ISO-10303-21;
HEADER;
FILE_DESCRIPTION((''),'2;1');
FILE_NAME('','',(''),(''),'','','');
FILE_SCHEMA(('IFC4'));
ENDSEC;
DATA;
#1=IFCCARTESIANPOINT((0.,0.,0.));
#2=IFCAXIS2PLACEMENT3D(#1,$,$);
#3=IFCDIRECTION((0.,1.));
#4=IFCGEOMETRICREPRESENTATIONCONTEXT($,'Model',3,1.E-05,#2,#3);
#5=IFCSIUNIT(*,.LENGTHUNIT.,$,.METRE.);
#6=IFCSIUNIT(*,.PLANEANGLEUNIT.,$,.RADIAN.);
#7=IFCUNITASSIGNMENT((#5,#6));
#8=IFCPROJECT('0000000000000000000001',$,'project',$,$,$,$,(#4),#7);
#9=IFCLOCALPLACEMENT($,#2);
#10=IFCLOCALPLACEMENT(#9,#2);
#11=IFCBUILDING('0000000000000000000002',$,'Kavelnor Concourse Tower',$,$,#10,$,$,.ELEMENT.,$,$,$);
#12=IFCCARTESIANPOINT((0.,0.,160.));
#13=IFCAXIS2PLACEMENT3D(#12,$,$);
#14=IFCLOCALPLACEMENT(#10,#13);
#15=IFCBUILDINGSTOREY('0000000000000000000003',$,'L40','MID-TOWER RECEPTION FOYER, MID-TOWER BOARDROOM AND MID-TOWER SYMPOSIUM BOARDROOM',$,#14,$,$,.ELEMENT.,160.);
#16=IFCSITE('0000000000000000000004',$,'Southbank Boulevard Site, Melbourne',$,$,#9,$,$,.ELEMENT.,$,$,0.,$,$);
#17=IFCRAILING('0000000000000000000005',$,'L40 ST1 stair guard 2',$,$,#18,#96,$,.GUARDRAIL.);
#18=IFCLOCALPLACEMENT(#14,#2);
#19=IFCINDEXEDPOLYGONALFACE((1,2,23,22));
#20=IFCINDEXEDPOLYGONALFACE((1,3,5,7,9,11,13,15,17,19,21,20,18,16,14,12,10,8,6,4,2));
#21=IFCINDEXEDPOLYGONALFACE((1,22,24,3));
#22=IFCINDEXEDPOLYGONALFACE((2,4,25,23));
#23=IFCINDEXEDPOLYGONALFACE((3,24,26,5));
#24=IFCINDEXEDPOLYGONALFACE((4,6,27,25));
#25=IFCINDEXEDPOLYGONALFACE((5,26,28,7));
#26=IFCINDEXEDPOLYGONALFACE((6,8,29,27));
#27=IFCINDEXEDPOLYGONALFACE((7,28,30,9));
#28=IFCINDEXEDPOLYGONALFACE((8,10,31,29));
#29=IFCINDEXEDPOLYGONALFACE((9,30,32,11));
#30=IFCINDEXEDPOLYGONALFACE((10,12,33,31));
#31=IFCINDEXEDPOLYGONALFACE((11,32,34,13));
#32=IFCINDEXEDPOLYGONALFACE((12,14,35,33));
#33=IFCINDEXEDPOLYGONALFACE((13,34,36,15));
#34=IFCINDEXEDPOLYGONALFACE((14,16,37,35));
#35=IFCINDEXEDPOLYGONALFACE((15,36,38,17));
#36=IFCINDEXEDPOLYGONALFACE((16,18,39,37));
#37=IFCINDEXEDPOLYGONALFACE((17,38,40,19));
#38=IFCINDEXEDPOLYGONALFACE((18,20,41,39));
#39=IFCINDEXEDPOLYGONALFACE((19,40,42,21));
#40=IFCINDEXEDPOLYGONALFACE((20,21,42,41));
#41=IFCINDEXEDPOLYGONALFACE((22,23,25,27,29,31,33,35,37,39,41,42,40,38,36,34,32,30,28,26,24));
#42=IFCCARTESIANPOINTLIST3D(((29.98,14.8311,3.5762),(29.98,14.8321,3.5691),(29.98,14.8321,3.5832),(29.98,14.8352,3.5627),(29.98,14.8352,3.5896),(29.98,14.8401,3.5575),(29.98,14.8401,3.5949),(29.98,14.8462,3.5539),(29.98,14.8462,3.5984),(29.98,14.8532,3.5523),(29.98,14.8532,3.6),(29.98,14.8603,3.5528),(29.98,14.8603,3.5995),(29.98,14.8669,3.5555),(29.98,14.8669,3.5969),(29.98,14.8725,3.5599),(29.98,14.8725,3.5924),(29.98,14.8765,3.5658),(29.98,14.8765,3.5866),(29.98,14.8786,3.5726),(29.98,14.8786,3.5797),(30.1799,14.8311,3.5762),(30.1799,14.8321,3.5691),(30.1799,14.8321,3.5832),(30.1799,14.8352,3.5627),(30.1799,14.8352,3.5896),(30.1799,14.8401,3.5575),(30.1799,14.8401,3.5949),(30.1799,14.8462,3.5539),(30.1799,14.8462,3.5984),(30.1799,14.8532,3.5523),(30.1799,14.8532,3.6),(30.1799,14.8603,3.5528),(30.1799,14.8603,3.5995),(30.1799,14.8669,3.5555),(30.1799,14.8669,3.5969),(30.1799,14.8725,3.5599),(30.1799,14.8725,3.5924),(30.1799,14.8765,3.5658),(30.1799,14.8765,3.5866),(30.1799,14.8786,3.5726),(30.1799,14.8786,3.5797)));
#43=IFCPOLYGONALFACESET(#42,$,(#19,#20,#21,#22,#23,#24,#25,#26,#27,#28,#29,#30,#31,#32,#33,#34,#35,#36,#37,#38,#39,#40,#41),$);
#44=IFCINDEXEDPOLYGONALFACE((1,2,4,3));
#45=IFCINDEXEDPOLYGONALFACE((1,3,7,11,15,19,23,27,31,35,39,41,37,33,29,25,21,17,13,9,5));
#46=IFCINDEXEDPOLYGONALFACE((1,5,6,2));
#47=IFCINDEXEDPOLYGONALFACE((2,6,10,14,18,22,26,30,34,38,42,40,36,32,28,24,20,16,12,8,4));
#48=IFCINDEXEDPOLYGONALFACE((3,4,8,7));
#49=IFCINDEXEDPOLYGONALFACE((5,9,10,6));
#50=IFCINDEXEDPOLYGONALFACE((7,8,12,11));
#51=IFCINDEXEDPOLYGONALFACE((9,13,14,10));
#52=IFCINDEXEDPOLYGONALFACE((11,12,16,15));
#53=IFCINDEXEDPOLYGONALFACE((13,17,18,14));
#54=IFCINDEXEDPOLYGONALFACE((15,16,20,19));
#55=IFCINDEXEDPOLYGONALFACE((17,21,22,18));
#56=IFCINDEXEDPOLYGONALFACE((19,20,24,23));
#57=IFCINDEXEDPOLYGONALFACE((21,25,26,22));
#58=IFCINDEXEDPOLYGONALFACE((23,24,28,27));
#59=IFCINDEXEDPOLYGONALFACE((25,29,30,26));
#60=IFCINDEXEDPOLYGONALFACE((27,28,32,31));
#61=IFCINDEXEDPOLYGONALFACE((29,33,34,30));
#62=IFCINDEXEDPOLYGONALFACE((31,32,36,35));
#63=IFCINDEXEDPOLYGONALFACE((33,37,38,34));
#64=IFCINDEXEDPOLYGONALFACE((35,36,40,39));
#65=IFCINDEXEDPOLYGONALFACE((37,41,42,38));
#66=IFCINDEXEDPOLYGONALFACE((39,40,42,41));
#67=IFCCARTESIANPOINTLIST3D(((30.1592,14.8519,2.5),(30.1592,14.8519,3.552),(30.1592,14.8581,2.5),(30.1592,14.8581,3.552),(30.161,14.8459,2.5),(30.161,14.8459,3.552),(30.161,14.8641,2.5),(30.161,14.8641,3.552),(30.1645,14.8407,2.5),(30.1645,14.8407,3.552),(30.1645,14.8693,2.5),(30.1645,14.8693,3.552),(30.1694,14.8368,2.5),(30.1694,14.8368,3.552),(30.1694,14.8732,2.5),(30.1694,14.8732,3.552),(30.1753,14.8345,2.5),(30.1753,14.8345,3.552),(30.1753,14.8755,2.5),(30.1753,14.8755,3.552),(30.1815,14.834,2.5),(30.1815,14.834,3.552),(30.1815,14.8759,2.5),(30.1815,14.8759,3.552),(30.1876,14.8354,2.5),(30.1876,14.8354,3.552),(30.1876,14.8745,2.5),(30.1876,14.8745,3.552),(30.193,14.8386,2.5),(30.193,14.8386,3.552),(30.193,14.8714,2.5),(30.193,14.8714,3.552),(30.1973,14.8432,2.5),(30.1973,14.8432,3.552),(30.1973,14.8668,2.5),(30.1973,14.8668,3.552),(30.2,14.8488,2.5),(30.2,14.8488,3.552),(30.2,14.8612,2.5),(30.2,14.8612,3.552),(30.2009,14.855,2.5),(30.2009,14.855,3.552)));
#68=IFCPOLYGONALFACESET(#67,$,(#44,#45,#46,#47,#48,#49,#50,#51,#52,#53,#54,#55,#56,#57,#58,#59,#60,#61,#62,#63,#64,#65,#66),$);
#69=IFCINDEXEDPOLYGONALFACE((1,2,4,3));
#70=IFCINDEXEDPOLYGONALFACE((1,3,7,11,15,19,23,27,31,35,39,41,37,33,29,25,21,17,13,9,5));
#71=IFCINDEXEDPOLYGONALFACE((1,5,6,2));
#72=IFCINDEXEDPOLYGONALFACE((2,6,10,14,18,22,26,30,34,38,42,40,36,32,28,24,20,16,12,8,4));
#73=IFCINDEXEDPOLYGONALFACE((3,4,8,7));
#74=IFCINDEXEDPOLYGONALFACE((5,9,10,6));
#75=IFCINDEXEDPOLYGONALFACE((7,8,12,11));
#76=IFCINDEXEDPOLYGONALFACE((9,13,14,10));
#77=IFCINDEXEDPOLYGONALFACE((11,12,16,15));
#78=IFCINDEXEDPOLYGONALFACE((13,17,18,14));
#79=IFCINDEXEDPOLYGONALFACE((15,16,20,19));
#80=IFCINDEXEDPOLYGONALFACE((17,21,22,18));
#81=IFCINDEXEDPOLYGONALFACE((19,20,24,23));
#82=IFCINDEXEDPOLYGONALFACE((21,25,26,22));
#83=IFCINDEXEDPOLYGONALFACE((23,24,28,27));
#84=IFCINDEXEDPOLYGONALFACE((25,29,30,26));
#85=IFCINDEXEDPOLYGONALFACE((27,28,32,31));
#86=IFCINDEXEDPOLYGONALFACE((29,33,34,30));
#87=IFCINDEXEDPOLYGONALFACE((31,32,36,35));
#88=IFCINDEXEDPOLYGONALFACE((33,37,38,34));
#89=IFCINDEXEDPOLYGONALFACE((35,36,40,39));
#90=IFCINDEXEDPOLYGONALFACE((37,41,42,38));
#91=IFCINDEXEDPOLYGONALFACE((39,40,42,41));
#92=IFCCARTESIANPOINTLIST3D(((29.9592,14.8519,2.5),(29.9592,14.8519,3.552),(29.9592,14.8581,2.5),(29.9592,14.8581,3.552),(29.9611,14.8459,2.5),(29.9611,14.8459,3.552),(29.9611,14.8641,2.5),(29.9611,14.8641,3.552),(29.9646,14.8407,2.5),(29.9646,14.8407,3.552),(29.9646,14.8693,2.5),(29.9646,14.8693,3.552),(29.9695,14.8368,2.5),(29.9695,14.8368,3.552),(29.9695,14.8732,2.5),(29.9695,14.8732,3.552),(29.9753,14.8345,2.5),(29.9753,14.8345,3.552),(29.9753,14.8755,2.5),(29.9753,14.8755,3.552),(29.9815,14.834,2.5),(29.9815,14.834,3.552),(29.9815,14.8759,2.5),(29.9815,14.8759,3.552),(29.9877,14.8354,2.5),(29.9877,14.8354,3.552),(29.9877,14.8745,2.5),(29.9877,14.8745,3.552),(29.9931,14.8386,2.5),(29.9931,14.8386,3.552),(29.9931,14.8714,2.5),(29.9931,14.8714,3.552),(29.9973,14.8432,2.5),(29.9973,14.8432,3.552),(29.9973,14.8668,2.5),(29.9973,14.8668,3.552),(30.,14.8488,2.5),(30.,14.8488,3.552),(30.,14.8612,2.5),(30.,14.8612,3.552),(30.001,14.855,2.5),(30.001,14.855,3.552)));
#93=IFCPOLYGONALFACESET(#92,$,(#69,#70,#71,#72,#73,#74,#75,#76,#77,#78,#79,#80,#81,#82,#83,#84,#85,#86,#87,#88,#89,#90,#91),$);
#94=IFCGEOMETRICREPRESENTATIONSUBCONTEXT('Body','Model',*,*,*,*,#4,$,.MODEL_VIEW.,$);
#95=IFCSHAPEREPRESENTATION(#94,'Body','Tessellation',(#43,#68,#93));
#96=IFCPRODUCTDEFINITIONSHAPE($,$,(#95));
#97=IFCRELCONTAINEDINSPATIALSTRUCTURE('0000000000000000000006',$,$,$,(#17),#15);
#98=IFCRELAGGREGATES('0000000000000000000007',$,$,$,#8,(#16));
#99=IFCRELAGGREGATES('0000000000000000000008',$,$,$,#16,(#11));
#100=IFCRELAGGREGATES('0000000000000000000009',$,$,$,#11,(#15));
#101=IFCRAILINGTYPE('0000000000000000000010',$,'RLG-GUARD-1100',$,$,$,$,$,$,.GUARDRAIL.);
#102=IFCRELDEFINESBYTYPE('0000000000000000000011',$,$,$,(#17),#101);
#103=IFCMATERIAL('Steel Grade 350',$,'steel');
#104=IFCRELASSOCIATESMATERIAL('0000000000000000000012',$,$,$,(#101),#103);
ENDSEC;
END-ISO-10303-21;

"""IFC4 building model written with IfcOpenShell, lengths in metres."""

from ifc_helpers import new_model, si_unit, direction, frame, origin, origin_2d, place, context, subcontext, project, spatial, circle, extrude, material, type_object, element, save


model = new_model("IFC4")

# Units and contexts
model_context = context("Model", 3, precision=1e-05, world=origin(), true_north=direction((0.0, 1.0)))
body_context = subcontext(model_context, "Body", "Model", "MODEL_VIEW")
ifc_project = project(units=[si_unit("LENGTHUNIT", "METRE"), si_unit("PLANEANGLEUNIT", "RADIAN")], contexts=[model_context])

# Site, building, storey
site_placement = place(None, origin())
site = spatial("IfcSite", under=ifc_project, at=site_placement, Name="Southbank Boulevard Site, Melbourne", CompositionType="ELEMENT", RefElevation=0.0)
building_placement = place(site_placement, origin())
building = spatial("IfcBuilding", under=site, at=building_placement, Name="Kavelnor Concourse Tower", CompositionType="ELEMENT")
storey_placement = place(building_placement, frame((0.0, 0.0, 160.0)))
storey = spatial("IfcBuildingStorey", under=building, at=storey_placement, Name="L40", Description="MID-TOWER RECEPTION FOYER, MID-TOWER BOARDROOM AND MID-TOWER SYMPOSIUM BOARDROOM", CompositionType="ELEMENT", Elevation=160.0)

# Shared definitions
ifc_material_1 = material(Name="Steel Grade 350", Category="steel")

# Railing
railing_type_1 = type_object("IfcRailingType", Name="RLG-GUARD-1100", PredefinedType="GUARDRAIL", material=ifc_material_1)
railing_1_placement = place(storey_placement, frame((30.1799, 14.855, 2.5)))
element("IfcRailing", 1, at=railing_1_placement, inside=storey, type_object=railing_type_1, Name="L40 ST1 stair guard 2", PredefinedType="GUARDRAIL", context=body_context, shape_type="SweptSolid", body=[
    extrude(circle(Radius=0.0239, at=origin_2d()), frame((0.0, 0.0, 1.0762), z_axis=(-1.0, 0.0, 0.0), x_axis=(0.0, -1.0, 0.0)), (0.0, 0.0, 1.0), 0.2),
    extrude(circle(Radius=0.021, at=origin_2d()), origin(), (0.0, 0.0, 1.0), 1.052),
    extrude(circle(Radius=0.021, at=origin_2d()), frame((-0.2, 0.0, 0.0)), (0.0, 0.0, 1.0), 1.052),
])

save(model, "model.ifc")
